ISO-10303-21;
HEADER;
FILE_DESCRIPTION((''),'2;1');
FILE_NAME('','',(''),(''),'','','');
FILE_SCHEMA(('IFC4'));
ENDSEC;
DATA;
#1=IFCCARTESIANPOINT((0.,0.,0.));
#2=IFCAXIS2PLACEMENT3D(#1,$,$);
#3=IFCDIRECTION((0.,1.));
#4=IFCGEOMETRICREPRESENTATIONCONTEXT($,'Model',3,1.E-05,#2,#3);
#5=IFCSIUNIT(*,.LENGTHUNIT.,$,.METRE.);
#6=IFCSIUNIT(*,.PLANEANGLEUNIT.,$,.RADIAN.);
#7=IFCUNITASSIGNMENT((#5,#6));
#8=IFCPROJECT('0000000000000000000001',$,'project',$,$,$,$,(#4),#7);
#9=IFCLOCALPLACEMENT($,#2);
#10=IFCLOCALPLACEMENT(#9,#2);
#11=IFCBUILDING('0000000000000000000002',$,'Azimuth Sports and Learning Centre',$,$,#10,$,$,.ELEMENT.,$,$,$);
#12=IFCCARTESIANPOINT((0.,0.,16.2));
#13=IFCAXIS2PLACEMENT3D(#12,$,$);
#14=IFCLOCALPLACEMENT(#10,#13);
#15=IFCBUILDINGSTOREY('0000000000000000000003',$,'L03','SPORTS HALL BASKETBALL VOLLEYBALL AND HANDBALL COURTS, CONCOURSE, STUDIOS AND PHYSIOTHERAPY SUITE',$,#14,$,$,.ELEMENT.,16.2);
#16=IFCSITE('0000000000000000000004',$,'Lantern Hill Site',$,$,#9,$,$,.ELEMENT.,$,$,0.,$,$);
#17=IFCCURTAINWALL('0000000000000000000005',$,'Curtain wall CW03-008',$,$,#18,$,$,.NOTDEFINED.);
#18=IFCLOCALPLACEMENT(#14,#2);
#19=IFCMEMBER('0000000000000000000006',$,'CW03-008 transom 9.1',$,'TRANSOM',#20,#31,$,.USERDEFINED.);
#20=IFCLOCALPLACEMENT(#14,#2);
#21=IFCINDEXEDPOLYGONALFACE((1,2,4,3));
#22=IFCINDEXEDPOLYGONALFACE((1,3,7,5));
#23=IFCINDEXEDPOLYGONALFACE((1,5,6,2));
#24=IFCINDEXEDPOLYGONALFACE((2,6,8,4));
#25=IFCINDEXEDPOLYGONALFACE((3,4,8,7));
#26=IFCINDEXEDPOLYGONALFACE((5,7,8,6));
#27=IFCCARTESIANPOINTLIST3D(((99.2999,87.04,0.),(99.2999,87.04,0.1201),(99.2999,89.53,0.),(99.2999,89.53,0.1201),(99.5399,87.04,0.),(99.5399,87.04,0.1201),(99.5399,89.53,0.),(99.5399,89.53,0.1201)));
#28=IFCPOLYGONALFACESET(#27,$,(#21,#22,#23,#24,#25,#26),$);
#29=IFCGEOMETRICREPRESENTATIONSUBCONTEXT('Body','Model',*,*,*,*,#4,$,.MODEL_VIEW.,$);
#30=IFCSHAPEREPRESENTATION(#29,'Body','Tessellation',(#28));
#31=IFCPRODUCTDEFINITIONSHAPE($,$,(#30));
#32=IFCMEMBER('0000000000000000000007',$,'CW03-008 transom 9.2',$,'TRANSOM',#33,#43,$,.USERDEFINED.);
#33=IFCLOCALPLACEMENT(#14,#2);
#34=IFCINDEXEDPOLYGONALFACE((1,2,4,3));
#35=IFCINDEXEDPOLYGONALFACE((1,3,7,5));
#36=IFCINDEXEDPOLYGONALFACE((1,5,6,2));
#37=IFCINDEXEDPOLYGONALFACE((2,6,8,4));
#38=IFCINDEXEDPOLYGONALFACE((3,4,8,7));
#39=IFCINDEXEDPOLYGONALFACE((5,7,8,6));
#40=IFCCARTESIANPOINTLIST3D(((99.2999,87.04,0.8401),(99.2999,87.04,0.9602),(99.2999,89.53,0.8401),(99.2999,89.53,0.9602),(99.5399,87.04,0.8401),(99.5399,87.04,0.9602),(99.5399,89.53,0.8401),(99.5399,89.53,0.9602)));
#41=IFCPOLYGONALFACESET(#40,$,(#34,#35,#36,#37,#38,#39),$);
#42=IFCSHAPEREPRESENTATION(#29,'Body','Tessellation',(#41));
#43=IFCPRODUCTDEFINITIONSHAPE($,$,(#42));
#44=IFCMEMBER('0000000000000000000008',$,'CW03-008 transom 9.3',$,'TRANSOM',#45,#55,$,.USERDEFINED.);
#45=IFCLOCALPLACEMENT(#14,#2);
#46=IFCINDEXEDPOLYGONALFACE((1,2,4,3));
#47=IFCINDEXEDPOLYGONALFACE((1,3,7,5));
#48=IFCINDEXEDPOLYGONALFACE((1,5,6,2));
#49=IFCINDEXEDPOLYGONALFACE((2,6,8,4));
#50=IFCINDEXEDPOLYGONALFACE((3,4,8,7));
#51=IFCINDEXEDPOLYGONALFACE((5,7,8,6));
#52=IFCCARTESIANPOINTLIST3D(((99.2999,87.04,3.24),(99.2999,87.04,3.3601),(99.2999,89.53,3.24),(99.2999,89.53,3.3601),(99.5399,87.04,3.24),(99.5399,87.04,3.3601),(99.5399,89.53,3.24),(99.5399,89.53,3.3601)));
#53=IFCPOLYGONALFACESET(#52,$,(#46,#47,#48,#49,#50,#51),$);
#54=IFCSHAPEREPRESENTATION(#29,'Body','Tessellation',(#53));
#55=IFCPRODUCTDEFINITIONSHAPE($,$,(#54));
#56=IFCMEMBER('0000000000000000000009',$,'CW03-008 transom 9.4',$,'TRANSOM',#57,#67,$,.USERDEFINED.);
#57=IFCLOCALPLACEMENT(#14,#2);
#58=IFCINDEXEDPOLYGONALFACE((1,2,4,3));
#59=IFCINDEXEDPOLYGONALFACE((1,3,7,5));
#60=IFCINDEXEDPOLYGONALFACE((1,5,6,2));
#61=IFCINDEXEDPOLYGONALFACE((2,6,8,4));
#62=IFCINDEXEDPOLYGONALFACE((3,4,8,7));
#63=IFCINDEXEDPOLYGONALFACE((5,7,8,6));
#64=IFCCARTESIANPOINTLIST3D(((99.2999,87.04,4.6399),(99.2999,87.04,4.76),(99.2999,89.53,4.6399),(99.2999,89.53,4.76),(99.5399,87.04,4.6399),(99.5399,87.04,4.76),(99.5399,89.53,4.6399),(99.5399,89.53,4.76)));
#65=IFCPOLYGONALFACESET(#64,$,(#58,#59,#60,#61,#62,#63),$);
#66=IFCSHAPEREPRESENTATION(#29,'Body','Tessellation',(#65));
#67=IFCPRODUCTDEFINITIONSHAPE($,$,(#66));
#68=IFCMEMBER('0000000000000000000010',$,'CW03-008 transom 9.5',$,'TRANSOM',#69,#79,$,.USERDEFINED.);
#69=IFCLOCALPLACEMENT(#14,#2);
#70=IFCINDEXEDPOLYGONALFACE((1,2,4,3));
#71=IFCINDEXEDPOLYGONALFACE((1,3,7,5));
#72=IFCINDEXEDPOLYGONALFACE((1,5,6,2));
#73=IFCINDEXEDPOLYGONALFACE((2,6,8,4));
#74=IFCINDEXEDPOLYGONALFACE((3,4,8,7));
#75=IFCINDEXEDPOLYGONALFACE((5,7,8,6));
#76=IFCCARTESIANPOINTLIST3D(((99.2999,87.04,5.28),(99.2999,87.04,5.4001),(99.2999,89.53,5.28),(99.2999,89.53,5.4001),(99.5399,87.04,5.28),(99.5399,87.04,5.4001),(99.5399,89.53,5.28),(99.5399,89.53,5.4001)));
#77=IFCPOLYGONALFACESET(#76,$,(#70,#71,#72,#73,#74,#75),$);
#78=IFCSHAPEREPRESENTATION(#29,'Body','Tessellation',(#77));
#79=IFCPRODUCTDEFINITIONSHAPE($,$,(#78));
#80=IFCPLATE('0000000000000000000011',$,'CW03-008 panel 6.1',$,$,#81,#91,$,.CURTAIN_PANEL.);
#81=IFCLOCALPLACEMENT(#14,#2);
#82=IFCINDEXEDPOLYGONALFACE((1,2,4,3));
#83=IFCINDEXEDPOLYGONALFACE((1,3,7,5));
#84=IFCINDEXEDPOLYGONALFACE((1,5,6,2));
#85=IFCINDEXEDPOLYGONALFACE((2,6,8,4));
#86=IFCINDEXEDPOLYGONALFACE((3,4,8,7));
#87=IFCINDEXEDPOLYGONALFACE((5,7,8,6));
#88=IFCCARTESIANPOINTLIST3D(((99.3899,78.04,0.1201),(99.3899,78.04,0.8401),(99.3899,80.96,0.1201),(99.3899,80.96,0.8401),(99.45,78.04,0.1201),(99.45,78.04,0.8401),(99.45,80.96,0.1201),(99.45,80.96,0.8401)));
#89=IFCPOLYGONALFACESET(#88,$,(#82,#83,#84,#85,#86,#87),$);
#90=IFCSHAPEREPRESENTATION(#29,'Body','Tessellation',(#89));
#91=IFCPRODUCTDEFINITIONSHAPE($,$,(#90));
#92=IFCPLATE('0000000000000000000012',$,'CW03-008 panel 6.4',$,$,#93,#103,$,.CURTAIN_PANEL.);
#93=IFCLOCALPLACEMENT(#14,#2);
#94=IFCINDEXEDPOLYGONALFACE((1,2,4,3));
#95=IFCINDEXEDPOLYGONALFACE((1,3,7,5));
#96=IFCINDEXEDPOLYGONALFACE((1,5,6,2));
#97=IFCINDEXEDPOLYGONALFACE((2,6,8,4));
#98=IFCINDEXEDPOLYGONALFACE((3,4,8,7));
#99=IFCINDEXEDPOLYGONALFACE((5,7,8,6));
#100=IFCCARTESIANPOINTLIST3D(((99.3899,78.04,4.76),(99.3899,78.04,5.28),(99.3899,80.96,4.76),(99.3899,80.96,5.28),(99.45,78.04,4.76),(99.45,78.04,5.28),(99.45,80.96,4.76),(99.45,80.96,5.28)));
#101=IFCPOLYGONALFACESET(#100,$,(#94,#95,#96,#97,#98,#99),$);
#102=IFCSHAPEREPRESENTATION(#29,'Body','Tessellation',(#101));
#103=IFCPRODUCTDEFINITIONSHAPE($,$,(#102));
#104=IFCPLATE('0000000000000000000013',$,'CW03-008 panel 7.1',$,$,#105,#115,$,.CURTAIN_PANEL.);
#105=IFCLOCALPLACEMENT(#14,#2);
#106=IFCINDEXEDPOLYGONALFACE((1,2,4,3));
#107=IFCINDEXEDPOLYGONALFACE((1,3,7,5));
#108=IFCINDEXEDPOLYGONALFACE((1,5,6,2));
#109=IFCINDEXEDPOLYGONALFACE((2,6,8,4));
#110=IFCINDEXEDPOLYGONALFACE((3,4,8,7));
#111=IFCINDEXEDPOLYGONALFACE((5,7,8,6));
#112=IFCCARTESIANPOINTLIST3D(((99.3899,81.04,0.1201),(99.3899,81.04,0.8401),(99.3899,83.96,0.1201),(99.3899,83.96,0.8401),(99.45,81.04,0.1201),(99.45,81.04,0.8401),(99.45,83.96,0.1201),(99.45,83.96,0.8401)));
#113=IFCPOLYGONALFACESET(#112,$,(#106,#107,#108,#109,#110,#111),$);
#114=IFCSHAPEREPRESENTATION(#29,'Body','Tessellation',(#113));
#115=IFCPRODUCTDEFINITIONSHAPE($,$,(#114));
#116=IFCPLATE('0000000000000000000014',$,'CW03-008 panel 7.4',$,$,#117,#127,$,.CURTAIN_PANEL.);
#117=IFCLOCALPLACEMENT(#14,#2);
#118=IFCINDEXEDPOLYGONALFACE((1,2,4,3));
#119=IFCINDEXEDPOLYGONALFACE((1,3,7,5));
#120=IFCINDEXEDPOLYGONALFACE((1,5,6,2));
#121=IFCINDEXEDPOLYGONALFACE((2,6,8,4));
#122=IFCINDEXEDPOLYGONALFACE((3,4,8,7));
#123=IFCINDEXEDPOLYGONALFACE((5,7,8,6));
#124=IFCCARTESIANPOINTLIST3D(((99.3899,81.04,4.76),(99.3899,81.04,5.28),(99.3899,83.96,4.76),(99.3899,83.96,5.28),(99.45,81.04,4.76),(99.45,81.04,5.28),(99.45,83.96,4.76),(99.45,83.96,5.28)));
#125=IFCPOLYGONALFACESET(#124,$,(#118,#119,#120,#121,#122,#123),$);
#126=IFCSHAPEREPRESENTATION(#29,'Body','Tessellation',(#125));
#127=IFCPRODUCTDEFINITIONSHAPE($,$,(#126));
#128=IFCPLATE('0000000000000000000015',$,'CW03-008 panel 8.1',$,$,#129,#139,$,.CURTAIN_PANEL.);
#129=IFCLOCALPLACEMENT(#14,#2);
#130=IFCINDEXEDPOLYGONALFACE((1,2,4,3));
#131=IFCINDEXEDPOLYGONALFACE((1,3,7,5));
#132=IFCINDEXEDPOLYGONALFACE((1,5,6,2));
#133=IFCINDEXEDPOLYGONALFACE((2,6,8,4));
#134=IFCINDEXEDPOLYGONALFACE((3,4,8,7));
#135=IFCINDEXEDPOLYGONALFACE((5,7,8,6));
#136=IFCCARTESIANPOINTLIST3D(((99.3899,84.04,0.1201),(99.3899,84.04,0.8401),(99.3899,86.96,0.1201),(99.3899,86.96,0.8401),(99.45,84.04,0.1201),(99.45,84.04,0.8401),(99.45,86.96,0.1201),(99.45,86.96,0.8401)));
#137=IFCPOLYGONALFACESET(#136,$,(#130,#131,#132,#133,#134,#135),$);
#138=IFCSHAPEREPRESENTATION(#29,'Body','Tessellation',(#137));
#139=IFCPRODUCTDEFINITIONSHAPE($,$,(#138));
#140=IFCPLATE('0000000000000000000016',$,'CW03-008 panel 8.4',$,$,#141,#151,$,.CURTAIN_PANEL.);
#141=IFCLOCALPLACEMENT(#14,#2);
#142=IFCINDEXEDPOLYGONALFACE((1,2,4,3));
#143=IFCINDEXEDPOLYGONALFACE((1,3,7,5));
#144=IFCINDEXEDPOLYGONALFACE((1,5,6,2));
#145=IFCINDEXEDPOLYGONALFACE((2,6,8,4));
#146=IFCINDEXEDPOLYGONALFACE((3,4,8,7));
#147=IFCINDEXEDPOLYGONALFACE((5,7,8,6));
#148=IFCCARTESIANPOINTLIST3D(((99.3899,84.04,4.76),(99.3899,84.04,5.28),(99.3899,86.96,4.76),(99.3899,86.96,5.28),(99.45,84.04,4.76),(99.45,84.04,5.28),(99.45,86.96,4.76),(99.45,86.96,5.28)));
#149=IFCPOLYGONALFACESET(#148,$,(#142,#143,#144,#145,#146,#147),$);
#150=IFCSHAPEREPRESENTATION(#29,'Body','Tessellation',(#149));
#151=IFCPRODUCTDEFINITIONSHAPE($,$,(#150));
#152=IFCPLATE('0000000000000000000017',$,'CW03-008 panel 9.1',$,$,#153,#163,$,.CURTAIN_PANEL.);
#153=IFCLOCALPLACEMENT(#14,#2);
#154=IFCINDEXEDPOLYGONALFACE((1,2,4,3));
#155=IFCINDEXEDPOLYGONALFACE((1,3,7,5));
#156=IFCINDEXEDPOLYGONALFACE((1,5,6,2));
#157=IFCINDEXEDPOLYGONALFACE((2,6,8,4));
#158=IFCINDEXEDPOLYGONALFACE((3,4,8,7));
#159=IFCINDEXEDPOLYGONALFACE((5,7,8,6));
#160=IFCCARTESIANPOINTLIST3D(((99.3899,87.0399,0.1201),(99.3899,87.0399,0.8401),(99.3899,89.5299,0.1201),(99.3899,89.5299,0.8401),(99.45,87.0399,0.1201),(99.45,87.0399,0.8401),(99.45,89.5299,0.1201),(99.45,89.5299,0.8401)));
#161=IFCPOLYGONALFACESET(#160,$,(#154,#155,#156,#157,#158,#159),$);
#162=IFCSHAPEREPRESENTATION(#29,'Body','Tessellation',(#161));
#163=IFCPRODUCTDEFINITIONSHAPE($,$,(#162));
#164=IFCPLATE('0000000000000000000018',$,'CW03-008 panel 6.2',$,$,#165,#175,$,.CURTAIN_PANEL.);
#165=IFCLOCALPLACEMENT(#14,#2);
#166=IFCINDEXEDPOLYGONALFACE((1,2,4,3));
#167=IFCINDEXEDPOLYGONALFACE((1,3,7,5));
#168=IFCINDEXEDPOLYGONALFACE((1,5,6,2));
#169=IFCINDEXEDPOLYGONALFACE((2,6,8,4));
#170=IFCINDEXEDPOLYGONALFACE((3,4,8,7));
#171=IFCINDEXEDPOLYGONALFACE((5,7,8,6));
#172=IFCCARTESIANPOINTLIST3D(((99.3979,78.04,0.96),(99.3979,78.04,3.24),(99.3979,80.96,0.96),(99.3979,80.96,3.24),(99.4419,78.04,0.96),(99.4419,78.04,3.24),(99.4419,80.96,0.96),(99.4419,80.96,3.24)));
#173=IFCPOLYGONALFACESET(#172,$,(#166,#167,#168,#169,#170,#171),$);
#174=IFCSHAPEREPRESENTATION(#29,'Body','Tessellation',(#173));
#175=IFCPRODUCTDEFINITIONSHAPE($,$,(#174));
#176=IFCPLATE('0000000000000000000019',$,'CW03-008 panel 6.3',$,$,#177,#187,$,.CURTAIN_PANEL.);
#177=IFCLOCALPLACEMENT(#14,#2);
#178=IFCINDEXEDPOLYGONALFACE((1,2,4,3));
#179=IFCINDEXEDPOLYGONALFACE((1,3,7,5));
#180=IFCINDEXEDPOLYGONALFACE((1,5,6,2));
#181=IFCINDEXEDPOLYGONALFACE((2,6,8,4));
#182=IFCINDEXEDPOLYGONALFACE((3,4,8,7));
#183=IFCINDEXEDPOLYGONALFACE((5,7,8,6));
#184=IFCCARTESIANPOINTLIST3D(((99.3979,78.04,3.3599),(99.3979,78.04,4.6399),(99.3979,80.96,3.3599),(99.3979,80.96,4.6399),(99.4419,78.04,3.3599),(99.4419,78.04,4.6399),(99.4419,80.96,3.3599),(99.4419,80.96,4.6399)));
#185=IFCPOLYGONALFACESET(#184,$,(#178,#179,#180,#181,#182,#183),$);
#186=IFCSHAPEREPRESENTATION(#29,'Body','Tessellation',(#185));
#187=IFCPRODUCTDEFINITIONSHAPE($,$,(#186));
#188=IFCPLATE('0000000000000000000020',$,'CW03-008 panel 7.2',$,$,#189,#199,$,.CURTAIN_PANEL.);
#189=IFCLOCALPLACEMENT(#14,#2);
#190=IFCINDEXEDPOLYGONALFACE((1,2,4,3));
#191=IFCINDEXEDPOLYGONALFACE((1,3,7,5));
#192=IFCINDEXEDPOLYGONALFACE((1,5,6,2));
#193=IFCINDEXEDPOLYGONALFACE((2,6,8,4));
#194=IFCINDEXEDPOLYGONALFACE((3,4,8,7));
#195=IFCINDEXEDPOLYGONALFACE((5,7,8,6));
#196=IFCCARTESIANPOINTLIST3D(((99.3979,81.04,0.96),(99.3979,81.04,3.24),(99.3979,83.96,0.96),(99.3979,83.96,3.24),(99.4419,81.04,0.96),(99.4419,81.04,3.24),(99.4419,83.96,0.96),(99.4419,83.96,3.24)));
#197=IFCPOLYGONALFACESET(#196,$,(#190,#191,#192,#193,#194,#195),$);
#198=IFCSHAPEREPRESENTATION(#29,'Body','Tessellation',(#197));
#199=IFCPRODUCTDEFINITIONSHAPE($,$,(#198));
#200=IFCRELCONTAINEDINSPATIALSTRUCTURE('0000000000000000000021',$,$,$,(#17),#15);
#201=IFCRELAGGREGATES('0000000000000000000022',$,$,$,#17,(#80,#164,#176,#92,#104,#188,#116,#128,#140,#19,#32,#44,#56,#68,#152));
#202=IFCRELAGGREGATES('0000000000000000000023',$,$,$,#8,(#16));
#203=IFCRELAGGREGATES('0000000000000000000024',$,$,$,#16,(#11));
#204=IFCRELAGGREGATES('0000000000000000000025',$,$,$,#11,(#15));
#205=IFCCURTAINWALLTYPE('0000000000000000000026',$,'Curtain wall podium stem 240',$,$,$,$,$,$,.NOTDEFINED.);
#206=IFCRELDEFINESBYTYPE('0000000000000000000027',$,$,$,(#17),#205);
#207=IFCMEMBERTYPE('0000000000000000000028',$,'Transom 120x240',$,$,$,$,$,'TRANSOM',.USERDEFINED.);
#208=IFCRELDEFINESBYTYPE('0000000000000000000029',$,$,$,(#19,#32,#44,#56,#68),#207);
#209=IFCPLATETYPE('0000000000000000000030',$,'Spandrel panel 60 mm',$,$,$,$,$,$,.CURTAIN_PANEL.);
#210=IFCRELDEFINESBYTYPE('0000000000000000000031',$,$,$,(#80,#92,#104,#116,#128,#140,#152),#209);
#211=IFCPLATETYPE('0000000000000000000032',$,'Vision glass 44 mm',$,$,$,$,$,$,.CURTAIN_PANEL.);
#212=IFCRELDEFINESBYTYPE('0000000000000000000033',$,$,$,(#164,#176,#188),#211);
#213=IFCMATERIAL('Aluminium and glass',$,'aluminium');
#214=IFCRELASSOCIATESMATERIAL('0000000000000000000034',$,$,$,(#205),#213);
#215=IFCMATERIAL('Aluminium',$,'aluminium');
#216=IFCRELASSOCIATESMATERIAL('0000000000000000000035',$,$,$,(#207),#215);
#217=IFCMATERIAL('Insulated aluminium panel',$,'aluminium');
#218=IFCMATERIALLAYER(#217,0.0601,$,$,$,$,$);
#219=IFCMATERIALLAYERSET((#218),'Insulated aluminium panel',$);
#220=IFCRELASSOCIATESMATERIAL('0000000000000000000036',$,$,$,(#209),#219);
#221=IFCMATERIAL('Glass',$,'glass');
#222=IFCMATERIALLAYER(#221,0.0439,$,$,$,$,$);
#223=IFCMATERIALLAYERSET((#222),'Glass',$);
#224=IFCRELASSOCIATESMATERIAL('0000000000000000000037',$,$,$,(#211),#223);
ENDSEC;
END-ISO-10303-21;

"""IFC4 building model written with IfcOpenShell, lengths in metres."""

from ifc_helpers import new_model, si_unit, direction, frame, origin, origin_2d, place, context, subcontext, project, spatial, rectangle, extrude, material, layer, layer_set, material_profile, profile_set, type_object, element, aggregate, save


model = new_model("IFC4")

# Units and contexts
model_context = context("Model", 3, precision=1e-05, world=origin(), true_north=direction((0.0, 1.0)))
body_context = subcontext(model_context, "Body", "Model", "MODEL_VIEW")
ifc_project = project(units=[si_unit("LENGTHUNIT", "METRE"), si_unit("PLANEANGLEUNIT", "RADIAN")], contexts=[model_context])

# Site, building, storey
site_placement = place(None, origin())
site = spatial("IfcSite", under=ifc_project, at=site_placement, Name="Lantern Hill Site", CompositionType="ELEMENT", RefElevation=0.0)
building_placement = place(site_placement, origin())
building = spatial("IfcBuilding", under=site, at=building_placement, Name="Azimuth Sports and Learning Centre", CompositionType="ELEMENT")
storey_placement = place(building_placement, frame((0.0, 0.0, 16.2)))
storey = spatial("IfcBuildingStorey", under=building, at=storey_placement, Name="L03", Description="SPORTS HALL BASKETBALL VOLLEYBALL AND HANDBALL COURTS, CONCOURSE, STUDIOS AND PHYSIOTHERAPY SUITE", CompositionType="ELEMENT", Elevation=16.2)

# Curtain wall, members, plates
ifc_material_1 = material(Name="Aluminium and glass", Category="aluminium")
curtain_wall_type = type_object("IfcCurtainWallType", Name="Curtain wall podium stem 240", PredefinedType="NOTDEFINED", material=ifc_material_1)
curtain_wall_placement = place(storey_placement, origin())
curtain_wall = element("IfcCurtainWall", 1, at=curtain_wall_placement, inside=storey, type_object=curtain_wall_type, Name="Curtain wall CW03-008", PredefinedType="NOTDEFINED")
ifc_material_2 = material(Name="Aluminium", Category="aluminium")
ifc_material_profile_1 = material_profile(ifc_material_2, rectangle(XDim=0.24, YDim=0.1201, at=origin_2d()), Name="Transom 120x240")
ifc_profile_set_1 = profile_set([ifc_material_profile_1], Name="Aluminium")
member_type_1 = type_object("IfcMemberType", Name="Transom 120x240", ElementType="TRANSOM", PredefinedType="USERDEFINED", material=ifc_profile_set_1)
member_1_placement = place(storey_placement, frame((99.4199, 87.04, 0.0601), z_axis=(0.0, 1.0, 0.0), x_axis=(-1.0, 0.0, 0.0)))
member_1 = element("IfcMember", 2, at=member_1_placement, type_object=member_type_1, Name="CW03-008 transom 9.1", ObjectType="TRANSOM", PredefinedType="USERDEFINED", context=body_context, shape_type="SweptSolid", body=[
    extrude(rectangle(XDim=0.24, YDim=0.1201, at=origin_2d()), origin(), (0.0, 0.0, 1.0), 2.49),
])
member_2_placement = place(storey_placement, frame((99.4199, 87.04, 0.9001), z_axis=(0.0, 1.0, 0.0), x_axis=(-1.0, 0.0, 0.0)))
member_2 = element("IfcMember", 3, at=member_2_placement, type_object=member_type_1, Name="CW03-008 transom 9.2", ObjectType="TRANSOM", PredefinedType="USERDEFINED", context=body_context, shape_type="SweptSolid", body=[
    extrude(rectangle(XDim=0.24, YDim=0.1201, at=origin_2d()), origin(), (0.0, 0.0, 1.0), 2.49),
])
member_3_placement = place(storey_placement, frame((99.4199, 87.04, 3.3), z_axis=(0.0, 1.0, 0.0), x_axis=(-1.0, 0.0, 0.0)))
member_3 = element("IfcMember", 4, at=member_3_placement, type_object=member_type_1, Name="CW03-008 transom 9.3", ObjectType="TRANSOM", PredefinedType="USERDEFINED", context=body_context, shape_type="SweptSolid", body=[
    extrude(rectangle(XDim=0.24, YDim=0.1201, at=origin_2d()), origin(), (0.0, 0.0, 1.0), 2.49),
])
member_4_placement = place(storey_placement, frame((99.4199, 87.04, 4.7), z_axis=(0.0, 1.0, 0.0), x_axis=(-1.0, 0.0, 0.0)))
member_4 = element("IfcMember", 5, at=member_4_placement, type_object=member_type_1, Name="CW03-008 transom 9.4", ObjectType="TRANSOM", PredefinedType="USERDEFINED", context=body_context, shape_type="SweptSolid", body=[
    extrude(rectangle(XDim=0.24, YDim=0.1201, at=origin_2d()), origin(), (0.0, 0.0, 1.0), 2.49),
])
member_5_placement = place(storey_placement, frame((99.4199, 87.04, 5.3401), z_axis=(0.0, 1.0, 0.0), x_axis=(-1.0, 0.0, 0.0)))
member_5 = element("IfcMember", 6, at=member_5_placement, type_object=member_type_1, Name="CW03-008 transom 9.5", ObjectType="TRANSOM", PredefinedType="USERDEFINED", context=body_context, shape_type="SweptSolid", body=[
    extrude(rectangle(XDim=0.24, YDim=0.1201, at=origin_2d()), origin(), (0.0, 0.0, 1.0), 2.49),
])
ifc_material_3 = material(Name="Insulated aluminium panel", Category="aluminium")
ifc_layer_1 = layer(ifc_material_3, 0.0601)
ifc_layer_set_1 = layer_set([ifc_layer_1], Name="Insulated aluminium panel")
plate_type_1 = type_object("IfcPlateType", Name="Spandrel panel 60 mm", PredefinedType="CURTAIN_PANEL", material=ifc_layer_set_1)
plate_1_placement = place(storey_placement, frame((99.4199, 79.5, 0.1201), z_axis=(0.0, 0.0, 1.0), x_axis=(0.0, 1.0, 0.0)))
plate_1 = element("IfcPlate", 7, at=plate_1_placement, type_object=plate_type_1, Name="CW03-008 panel 6.1", PredefinedType="CURTAIN_PANEL", context=body_context, shape_type="SweptSolid", body=[
    extrude(rectangle(XDim=2.9199, YDim=0.0601, at=origin_2d()), origin(), (0.0, 0.0, 1.0), 0.72),
])
plate_2_placement = place(storey_placement, frame((99.4199, 79.5, 4.76), z_axis=(0.0, 0.0, 1.0), x_axis=(0.0, 1.0, 0.0)))
plate_2 = element("IfcPlate", 8, at=plate_2_placement, type_object=plate_type_1, Name="CW03-008 panel 6.4", PredefinedType="CURTAIN_PANEL", context=body_context, shape_type="SweptSolid", body=[
    extrude(rectangle(XDim=2.9199, YDim=0.0601, at=origin_2d()), origin(), (0.0, 0.0, 1.0), 0.52),
])
plate_3_placement = place(storey_placement, frame((99.4199, 82.5, 0.1201), z_axis=(0.0, 0.0, 1.0), x_axis=(0.0, 1.0, 0.0)))
plate_3 = element("IfcPlate", 9, at=plate_3_placement, type_object=plate_type_1, Name="CW03-008 panel 7.1", PredefinedType="CURTAIN_PANEL", context=body_context, shape_type="SweptSolid", body=[
    extrude(rectangle(XDim=2.9199, YDim=0.0601, at=origin_2d()), origin(), (0.0, 0.0, 1.0), 0.72),
])
plate_4_placement = place(storey_placement, frame((99.4199, 82.5, 4.76), z_axis=(0.0, 0.0, 1.0), x_axis=(0.0, 1.0, 0.0)))
plate_4 = element("IfcPlate", 10, at=plate_4_placement, type_object=plate_type_1, Name="CW03-008 panel 7.4", PredefinedType="CURTAIN_PANEL", context=body_context, shape_type="SweptSolid", body=[
    extrude(rectangle(XDim=2.9199, YDim=0.0601, at=origin_2d()), origin(), (0.0, 0.0, 1.0), 0.52),
])
plate_5_placement = place(storey_placement, frame((99.4199, 85.5, 0.1201), z_axis=(0.0, 0.0, 1.0), x_axis=(0.0, 1.0, 0.0)))
plate_5 = element("IfcPlate", 11, at=plate_5_placement, type_object=plate_type_1, Name="CW03-008 panel 8.1", PredefinedType="CURTAIN_PANEL", context=body_context, shape_type="SweptSolid", body=[
    extrude(rectangle(XDim=2.9199, YDim=0.0601, at=origin_2d()), origin(), (0.0, 0.0, 1.0), 0.72),
])
plate_6_placement = place(storey_placement, frame((99.4199, 85.5, 4.76), z_axis=(0.0, 0.0, 1.0), x_axis=(0.0, 1.0, 0.0)))
plate_6 = element("IfcPlate", 12, at=plate_6_placement, type_object=plate_type_1, Name="CW03-008 panel 8.4", PredefinedType="CURTAIN_PANEL", context=body_context, shape_type="SweptSolid", body=[
    extrude(rectangle(XDim=2.9199, YDim=0.0601, at=origin_2d()), origin(), (0.0, 0.0, 1.0), 0.52),
])
plate_7_placement = place(storey_placement, frame((99.4199, 88.2849, 0.1201), z_axis=(0.0, 0.0, 1.0), x_axis=(0.0, 1.0, 0.0)))
plate_7 = element("IfcPlate", 13, at=plate_7_placement, type_object=plate_type_1, Name="CW03-008 panel 9.1", PredefinedType="CURTAIN_PANEL", context=body_context, shape_type="SweptSolid", body=[
    extrude(rectangle(XDim=2.49, YDim=0.0601, at=origin_2d()), origin(), (0.0, 0.0, 1.0), 0.72),
])
ifc_material_4 = material(Name="Glass", Category="glass")
ifc_layer_2 = layer(ifc_material_4, 0.0439)
ifc_layer_set_2 = layer_set([ifc_layer_2], Name="Glass")
plate_type_2 = type_object("IfcPlateType", Name="Vision glass 44 mm", PredefinedType="CURTAIN_PANEL", material=ifc_layer_set_2)
plate_8_placement = place(storey_placement, frame((99.4199, 79.5, 0.96), z_axis=(0.0, 0.0, 1.0), x_axis=(0.0, 1.0, 0.0)))
plate_8 = element("IfcPlate", 14, at=plate_8_placement, type_object=plate_type_2, Name="CW03-008 panel 6.2", PredefinedType="CURTAIN_PANEL", context=body_context, shape_type="SweptSolid", body=[
    extrude(rectangle(XDim=2.9199, YDim=0.0439, at=origin_2d()), origin(), (0.0, 0.0, 1.0), 2.28),
])
plate_9_placement = place(storey_placement, frame((99.4199, 79.5, 3.3599), z_axis=(0.0, 0.0, 1.0), x_axis=(0.0, 1.0, 0.0)))
plate_9 = element("IfcPlate", 15, at=plate_9_placement, type_object=plate_type_2, Name="CW03-008 panel 6.3", PredefinedType="CURTAIN_PANEL", context=body_context, shape_type="SweptSolid", body=[
    extrude(rectangle(XDim=2.9199, YDim=0.0439, at=origin_2d()), origin(), (0.0, 0.0, 1.0), 1.28),
])
plate_10_placement = place(storey_placement, frame((99.4199, 82.5, 0.96), z_axis=(0.0, 0.0, 1.0), x_axis=(0.0, 1.0, 0.0)))
plate_10 = element("IfcPlate", 16, at=plate_10_placement, type_object=plate_type_2, Name="CW03-008 panel 7.2", PredefinedType="CURTAIN_PANEL", context=body_context, shape_type="SweptSolid", body=[
    extrude(rectangle(XDim=2.9199, YDim=0.0439, at=origin_2d()), origin(), (0.0, 0.0, 1.0), 2.28),
])
aggregate(curtain_wall, [plate_1, plate_8, plate_9, plate_2, plate_3, plate_10, plate_4, plate_5, plate_6, member_1, member_2, member_3, member_4, member_5, plate_7])

save(model, "model.ifc")
